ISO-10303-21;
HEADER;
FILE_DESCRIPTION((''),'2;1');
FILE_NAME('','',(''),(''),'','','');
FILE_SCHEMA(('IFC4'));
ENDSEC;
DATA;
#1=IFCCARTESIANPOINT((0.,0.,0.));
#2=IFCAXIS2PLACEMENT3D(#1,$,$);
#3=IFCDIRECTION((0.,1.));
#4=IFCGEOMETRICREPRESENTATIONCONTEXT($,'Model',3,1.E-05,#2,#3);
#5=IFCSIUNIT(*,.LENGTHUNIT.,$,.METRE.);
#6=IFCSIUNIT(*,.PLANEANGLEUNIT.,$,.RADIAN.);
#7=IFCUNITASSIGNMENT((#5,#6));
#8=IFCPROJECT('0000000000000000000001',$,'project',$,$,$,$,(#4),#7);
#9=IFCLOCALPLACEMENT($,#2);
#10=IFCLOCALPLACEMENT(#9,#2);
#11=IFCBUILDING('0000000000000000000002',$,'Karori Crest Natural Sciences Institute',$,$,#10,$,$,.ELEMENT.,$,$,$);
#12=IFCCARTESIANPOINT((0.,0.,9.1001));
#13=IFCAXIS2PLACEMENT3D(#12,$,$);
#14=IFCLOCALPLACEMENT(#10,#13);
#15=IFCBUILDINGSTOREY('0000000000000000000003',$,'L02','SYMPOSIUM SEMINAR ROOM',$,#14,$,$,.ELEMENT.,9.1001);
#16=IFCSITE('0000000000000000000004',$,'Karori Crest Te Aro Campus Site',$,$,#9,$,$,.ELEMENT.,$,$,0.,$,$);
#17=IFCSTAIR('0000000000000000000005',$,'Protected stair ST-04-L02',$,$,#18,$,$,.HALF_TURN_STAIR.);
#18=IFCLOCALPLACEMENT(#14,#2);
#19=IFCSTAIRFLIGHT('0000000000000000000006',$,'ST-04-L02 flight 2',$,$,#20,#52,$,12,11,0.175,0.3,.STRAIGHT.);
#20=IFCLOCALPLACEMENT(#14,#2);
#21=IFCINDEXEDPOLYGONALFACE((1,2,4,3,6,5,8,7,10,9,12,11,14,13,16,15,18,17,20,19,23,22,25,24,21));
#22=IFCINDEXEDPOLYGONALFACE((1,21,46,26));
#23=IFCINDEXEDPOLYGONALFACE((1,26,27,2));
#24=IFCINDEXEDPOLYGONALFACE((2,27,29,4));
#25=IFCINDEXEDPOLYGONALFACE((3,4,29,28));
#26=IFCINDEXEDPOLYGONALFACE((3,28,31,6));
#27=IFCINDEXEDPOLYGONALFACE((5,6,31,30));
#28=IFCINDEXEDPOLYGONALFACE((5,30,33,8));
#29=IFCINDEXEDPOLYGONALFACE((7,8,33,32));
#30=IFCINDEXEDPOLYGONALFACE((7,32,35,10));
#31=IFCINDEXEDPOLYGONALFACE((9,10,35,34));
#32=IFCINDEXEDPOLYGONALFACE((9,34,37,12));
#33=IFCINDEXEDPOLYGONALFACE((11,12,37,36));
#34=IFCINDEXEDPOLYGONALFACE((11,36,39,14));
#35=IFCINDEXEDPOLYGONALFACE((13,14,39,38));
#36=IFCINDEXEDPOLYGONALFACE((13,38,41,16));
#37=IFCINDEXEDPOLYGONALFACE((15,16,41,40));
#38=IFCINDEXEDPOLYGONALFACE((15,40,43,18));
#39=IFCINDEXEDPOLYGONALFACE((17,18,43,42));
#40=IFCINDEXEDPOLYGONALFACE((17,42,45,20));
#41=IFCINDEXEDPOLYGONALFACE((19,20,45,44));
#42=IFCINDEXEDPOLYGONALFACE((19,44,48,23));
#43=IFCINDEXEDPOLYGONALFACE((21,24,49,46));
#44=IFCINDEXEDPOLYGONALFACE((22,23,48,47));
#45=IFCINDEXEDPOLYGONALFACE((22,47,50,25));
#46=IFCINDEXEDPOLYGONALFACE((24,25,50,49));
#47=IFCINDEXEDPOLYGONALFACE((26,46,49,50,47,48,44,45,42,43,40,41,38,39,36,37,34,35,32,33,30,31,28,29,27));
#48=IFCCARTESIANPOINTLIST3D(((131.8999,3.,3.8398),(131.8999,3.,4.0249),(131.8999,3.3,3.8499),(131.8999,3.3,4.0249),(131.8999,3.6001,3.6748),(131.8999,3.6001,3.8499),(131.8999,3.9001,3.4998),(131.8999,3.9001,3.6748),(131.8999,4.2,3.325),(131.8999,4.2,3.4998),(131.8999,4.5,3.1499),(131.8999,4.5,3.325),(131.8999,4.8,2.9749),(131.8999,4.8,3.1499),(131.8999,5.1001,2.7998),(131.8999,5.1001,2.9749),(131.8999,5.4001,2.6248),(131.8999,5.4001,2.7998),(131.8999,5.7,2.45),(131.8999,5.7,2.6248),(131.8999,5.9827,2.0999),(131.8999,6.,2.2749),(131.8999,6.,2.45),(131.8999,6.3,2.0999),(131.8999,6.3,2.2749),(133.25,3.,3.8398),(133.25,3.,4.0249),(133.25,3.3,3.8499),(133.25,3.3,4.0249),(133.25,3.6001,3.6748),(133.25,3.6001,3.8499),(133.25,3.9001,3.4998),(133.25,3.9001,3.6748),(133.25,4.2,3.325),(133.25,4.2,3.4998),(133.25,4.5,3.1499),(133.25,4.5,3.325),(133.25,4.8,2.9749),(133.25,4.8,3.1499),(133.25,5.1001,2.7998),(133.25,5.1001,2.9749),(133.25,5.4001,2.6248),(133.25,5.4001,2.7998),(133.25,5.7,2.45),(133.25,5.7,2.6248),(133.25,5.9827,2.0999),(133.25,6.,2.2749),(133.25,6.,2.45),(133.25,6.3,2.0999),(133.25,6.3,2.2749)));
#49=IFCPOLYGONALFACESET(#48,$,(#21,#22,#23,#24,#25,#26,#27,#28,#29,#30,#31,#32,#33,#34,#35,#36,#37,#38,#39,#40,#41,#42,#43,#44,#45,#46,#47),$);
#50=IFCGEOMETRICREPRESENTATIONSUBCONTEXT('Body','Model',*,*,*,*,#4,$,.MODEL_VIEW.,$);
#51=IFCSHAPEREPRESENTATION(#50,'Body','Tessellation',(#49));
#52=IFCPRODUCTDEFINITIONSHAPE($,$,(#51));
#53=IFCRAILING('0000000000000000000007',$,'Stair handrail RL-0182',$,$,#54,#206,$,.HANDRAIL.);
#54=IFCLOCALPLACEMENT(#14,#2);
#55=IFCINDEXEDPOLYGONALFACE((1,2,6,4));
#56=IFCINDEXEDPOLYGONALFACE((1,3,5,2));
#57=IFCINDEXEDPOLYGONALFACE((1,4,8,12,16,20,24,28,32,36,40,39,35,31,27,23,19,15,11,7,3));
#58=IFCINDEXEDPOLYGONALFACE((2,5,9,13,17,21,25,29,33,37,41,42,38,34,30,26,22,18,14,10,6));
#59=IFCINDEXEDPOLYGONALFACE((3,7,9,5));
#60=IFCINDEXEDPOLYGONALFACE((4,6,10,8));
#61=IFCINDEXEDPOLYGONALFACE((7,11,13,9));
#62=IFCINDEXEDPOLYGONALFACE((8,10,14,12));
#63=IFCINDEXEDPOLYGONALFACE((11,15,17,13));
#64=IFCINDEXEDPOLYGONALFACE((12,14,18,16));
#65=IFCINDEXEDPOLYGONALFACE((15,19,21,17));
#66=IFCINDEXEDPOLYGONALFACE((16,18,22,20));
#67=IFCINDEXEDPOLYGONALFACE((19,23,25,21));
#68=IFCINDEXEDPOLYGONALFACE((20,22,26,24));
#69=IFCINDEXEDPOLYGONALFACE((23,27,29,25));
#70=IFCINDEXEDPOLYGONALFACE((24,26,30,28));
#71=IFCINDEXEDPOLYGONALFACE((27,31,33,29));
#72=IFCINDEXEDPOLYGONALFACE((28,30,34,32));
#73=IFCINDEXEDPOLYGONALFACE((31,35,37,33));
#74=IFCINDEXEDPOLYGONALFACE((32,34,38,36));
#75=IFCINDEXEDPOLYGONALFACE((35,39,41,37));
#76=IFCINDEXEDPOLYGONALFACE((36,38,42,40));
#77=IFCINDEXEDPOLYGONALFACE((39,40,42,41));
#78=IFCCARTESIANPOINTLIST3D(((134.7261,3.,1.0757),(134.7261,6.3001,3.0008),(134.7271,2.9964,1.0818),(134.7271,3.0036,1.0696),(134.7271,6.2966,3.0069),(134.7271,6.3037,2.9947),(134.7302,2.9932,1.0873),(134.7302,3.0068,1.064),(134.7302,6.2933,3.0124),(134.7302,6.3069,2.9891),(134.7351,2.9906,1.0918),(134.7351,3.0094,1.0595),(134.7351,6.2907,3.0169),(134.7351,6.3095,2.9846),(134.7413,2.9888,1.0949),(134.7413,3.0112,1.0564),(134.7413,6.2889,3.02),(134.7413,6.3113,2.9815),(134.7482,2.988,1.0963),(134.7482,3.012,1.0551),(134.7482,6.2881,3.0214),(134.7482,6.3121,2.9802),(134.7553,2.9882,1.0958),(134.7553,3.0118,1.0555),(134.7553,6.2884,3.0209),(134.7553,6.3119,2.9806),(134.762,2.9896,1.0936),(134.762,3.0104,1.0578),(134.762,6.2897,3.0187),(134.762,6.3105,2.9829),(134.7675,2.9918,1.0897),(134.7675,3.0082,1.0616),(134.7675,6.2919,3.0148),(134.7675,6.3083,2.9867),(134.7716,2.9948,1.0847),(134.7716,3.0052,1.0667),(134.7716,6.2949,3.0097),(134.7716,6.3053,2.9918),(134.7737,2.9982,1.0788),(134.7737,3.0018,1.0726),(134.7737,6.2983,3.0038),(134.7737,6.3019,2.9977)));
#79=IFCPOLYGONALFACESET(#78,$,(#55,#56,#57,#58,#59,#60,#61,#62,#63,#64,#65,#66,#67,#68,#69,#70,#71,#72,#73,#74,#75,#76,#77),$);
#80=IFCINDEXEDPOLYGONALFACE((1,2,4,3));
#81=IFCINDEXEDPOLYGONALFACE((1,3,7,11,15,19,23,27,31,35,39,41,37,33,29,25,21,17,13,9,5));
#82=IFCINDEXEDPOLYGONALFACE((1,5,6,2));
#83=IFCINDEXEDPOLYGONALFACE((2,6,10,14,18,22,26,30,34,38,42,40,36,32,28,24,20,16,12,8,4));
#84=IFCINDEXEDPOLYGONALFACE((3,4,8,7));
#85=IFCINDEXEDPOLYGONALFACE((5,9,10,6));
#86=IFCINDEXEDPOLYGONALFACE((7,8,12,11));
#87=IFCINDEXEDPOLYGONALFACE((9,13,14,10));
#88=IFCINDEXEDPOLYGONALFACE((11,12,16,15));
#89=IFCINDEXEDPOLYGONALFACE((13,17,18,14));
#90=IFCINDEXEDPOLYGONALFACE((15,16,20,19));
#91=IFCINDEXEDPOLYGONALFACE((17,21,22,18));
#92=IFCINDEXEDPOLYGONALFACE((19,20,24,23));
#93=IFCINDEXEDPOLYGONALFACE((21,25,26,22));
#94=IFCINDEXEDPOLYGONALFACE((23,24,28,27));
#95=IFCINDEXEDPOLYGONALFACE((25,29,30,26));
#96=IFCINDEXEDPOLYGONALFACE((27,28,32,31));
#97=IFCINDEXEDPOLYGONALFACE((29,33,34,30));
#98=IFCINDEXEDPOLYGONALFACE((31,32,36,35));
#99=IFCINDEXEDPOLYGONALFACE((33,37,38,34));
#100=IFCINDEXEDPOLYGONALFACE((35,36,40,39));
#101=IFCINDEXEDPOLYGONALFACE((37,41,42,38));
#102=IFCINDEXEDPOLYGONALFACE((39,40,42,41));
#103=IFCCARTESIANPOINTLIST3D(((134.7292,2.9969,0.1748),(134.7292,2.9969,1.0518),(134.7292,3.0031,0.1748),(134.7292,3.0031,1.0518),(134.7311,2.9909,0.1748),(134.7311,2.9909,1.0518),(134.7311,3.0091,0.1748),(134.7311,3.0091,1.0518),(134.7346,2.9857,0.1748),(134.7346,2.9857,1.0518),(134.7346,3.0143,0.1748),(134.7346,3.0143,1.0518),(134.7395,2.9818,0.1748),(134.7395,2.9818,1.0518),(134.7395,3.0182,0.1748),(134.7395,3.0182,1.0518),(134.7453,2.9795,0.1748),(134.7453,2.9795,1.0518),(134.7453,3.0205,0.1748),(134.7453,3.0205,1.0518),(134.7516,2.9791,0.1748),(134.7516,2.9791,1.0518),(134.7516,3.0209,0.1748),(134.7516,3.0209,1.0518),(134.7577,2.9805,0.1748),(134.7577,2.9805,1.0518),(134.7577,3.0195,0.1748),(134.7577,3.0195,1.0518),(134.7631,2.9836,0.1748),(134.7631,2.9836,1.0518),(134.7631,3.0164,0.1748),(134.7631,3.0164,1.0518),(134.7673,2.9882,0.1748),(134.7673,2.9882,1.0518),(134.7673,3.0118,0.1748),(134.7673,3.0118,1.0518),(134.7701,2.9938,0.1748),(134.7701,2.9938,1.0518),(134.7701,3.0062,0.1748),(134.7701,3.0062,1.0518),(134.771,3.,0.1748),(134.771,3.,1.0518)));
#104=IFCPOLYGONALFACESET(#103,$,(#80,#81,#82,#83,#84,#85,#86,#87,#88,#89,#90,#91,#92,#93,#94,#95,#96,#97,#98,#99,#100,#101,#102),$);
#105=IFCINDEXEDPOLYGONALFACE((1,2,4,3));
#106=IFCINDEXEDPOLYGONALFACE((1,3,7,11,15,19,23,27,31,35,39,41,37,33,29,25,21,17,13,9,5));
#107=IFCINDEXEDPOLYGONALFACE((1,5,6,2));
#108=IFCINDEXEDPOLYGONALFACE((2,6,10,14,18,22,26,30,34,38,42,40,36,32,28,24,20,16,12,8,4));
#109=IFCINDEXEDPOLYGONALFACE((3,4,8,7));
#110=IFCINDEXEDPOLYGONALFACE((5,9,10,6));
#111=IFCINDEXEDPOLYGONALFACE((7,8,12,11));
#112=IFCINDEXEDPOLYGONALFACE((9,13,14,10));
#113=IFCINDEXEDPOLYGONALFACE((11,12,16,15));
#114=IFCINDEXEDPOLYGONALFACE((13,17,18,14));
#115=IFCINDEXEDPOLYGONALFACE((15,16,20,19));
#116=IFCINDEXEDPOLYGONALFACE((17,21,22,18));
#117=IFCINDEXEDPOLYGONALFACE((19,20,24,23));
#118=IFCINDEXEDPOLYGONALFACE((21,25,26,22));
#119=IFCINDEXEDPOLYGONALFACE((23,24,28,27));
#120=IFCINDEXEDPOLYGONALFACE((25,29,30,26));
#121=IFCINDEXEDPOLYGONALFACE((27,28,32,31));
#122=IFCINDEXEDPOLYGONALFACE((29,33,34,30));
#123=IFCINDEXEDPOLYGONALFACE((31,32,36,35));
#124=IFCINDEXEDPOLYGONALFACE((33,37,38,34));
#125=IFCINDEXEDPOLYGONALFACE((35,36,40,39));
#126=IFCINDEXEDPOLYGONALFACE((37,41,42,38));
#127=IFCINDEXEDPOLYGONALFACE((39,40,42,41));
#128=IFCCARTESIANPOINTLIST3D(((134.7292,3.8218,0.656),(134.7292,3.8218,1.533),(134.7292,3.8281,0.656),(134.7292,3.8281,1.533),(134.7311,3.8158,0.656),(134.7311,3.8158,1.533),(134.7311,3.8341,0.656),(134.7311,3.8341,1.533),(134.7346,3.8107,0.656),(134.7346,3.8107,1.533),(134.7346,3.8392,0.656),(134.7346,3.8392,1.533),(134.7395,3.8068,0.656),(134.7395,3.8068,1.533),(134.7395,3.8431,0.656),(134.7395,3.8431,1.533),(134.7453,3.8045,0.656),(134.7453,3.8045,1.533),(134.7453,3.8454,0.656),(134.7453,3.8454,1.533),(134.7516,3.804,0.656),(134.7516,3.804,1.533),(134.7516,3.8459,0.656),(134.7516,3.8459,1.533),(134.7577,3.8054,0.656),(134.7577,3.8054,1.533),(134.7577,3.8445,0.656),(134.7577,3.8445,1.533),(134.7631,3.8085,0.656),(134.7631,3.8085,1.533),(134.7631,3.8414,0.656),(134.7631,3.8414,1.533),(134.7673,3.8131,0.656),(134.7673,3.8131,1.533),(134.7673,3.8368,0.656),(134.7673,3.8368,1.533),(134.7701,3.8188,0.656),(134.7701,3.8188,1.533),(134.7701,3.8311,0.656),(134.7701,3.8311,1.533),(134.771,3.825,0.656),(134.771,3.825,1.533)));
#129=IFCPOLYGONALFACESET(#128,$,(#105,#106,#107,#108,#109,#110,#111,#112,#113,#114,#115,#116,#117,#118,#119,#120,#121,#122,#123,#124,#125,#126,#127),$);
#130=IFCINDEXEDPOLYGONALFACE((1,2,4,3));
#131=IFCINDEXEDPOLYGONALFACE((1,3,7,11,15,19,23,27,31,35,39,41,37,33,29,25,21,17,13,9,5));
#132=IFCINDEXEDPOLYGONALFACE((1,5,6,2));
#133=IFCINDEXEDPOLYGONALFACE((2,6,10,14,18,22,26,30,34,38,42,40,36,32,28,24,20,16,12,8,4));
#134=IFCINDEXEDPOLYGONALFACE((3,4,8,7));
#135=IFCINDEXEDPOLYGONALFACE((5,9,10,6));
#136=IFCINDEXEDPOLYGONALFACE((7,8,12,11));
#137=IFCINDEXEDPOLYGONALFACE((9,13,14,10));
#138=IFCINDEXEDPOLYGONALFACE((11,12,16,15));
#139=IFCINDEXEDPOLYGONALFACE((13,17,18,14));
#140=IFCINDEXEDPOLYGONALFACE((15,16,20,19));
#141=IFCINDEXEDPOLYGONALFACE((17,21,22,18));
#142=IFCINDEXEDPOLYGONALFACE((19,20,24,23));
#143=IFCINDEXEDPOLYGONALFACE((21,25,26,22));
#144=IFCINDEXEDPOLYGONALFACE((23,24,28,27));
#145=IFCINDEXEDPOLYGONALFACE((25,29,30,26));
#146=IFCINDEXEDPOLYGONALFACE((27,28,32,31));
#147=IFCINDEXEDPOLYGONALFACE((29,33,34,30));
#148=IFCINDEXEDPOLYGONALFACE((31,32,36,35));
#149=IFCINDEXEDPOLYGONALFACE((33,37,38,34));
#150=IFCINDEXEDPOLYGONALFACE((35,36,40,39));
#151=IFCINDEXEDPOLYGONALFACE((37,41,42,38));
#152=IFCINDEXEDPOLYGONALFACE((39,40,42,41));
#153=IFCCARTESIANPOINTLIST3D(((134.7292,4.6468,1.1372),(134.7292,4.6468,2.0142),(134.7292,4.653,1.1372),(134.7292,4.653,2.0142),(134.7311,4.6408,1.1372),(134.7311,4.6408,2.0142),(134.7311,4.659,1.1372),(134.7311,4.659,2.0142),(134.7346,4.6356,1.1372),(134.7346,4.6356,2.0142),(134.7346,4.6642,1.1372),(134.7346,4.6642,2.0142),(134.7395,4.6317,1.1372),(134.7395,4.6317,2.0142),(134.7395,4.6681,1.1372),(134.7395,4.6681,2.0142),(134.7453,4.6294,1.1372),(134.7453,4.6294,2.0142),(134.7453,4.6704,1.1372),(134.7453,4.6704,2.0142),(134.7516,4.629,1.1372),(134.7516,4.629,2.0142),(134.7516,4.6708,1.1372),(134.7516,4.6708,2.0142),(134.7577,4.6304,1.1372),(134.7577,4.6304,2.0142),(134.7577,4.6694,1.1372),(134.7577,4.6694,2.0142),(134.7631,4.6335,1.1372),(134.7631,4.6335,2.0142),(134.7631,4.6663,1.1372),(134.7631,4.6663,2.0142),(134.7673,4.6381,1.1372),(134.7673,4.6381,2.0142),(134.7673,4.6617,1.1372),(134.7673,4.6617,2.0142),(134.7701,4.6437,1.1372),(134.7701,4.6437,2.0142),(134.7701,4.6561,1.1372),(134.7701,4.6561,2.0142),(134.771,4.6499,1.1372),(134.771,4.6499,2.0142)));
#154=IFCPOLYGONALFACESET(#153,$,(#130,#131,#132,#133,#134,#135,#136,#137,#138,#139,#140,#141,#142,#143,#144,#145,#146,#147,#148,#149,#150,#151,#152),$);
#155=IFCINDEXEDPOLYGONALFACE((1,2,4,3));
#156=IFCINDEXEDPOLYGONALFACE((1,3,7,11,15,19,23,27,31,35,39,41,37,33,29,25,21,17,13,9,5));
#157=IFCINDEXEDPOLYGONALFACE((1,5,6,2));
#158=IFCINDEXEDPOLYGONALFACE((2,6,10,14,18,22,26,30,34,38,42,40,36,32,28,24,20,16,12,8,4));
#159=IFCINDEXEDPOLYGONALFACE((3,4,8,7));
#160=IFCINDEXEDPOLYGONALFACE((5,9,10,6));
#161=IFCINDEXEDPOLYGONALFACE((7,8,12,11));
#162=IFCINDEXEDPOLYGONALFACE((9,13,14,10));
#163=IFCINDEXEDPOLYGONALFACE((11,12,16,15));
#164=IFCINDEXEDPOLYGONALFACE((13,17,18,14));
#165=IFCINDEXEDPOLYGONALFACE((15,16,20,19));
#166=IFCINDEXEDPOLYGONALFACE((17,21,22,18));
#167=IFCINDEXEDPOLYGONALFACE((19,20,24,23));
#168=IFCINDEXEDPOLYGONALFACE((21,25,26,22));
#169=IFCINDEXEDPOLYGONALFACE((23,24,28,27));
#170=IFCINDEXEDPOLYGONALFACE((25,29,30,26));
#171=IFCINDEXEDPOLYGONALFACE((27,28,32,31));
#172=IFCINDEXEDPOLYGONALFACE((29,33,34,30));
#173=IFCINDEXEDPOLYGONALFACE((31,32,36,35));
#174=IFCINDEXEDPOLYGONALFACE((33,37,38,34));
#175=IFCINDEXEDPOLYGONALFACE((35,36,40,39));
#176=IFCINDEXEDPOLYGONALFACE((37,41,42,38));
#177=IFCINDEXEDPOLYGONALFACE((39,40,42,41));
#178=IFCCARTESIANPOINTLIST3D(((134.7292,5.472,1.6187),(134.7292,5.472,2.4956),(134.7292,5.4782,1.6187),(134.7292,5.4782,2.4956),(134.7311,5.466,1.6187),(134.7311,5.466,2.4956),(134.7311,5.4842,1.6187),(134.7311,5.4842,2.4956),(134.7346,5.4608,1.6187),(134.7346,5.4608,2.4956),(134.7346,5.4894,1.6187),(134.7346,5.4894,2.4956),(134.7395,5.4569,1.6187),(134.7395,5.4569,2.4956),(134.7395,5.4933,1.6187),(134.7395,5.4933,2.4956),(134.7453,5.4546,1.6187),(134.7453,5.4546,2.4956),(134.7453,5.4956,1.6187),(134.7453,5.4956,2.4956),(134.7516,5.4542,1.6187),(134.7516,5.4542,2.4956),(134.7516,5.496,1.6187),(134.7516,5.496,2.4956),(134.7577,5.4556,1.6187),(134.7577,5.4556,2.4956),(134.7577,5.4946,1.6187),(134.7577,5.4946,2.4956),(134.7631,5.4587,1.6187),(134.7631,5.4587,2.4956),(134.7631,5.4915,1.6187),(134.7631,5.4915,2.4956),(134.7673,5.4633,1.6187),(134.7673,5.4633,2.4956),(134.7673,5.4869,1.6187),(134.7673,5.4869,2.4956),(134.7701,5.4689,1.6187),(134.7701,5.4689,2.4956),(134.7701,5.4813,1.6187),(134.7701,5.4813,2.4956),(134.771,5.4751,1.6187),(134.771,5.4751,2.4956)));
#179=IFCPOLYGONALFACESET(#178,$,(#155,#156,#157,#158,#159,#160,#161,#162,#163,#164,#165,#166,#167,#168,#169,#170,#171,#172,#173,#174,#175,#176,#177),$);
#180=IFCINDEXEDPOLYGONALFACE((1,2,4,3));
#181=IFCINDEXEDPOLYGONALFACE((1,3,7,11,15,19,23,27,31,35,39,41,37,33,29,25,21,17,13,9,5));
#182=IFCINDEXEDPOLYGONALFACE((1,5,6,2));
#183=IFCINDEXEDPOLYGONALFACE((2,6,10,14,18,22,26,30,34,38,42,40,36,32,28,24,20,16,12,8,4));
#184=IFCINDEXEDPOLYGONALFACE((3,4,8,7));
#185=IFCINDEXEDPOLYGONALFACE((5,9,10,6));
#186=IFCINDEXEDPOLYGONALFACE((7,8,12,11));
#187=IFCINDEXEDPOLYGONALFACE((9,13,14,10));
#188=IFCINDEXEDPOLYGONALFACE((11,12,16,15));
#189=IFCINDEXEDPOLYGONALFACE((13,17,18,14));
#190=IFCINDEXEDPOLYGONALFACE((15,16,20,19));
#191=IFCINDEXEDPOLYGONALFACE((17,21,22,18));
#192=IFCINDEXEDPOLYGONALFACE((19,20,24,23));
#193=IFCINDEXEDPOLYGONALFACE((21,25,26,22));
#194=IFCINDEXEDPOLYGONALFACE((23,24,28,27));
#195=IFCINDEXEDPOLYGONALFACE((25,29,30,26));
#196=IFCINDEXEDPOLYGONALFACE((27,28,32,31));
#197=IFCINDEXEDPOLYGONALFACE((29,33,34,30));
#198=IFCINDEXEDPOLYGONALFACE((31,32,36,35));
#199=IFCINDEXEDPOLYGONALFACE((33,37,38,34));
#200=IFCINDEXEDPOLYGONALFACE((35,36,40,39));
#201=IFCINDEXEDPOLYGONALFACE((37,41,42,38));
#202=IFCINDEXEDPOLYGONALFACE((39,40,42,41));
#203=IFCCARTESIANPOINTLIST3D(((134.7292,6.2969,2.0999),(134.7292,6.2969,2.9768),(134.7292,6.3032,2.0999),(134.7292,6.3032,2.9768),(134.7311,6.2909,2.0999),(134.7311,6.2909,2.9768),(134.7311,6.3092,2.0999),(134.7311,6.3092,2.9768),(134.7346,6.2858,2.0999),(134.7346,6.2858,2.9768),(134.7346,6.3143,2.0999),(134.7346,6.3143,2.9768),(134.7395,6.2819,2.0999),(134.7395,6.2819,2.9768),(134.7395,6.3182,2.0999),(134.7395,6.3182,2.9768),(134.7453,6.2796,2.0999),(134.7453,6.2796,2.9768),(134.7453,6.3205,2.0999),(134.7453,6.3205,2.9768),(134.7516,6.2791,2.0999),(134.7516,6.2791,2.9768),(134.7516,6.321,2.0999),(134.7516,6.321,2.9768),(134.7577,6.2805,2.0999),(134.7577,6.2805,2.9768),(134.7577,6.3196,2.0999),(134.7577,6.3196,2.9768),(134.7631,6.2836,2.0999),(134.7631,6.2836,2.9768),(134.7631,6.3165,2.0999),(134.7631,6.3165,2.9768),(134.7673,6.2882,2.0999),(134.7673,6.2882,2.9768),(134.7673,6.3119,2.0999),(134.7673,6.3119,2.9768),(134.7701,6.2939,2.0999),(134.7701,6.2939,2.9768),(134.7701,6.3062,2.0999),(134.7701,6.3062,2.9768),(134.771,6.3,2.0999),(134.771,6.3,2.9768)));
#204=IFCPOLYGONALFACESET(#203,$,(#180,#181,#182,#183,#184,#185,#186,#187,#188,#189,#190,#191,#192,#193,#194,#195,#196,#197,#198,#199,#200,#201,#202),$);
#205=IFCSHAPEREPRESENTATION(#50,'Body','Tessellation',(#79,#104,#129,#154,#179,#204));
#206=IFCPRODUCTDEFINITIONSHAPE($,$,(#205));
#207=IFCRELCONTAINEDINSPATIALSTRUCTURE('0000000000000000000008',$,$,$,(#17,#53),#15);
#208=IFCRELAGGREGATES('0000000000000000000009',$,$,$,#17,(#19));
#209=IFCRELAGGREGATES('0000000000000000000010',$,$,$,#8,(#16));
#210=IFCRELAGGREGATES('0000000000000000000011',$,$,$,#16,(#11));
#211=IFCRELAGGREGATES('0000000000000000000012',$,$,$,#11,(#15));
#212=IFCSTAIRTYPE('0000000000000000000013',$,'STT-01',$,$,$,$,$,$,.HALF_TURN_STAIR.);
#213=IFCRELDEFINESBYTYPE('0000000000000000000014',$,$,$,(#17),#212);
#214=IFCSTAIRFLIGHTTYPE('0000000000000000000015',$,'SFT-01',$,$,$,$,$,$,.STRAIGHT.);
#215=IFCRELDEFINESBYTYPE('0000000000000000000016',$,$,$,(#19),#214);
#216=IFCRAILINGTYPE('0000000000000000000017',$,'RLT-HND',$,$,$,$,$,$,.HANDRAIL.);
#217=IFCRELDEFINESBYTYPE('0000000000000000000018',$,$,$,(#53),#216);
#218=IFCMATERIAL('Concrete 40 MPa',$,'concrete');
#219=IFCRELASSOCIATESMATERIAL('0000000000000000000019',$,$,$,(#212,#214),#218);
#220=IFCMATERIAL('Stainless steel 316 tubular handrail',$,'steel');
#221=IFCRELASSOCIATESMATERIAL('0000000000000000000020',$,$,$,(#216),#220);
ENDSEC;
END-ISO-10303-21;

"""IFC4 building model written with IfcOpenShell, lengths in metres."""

from ifc_helpers import new_model, si_unit, direction, frame, origin, origin_2d, place, context, subcontext, project, spatial, polyline, circle, outline, extrude, material, type_object, element, aggregate, save


model = new_model("IFC4")

# Units and contexts
model_context = context("Model", 3, precision=1e-05, world=origin(), true_north=direction((0.0, 1.0)))
body_context = subcontext(model_context, "Body", "Model", "MODEL_VIEW")
ifc_project = project(units=[si_unit("LENGTHUNIT", "METRE"), si_unit("PLANEANGLEUNIT", "RADIAN")], contexts=[model_context])

# Site, building, storey
site_placement = place(None, origin())
site = spatial("IfcSite", under=ifc_project, at=site_placement, Name="Karori Crest Te Aro Campus Site", CompositionType="ELEMENT", RefElevation=0.0)
building_placement = place(site_placement, origin())
building = spatial("IfcBuilding", under=site, at=building_placement, Name="Karori Crest Natural Sciences Institute", CompositionType="ELEMENT")
storey_placement = place(building_placement, frame((0.0, 0.0, 9.1001)))
storey = spatial("IfcBuildingStorey", under=building, at=storey_placement, Name="L02", Description="SYMPOSIUM SEMINAR ROOM", CompositionType="ELEMENT", Elevation=9.1001)

# Stair, stair flight
ifc_material_1 = material(Name="Concrete 40 MPa", Category="concrete")
stair_type = type_object("IfcStairType", Name="STT-01", PredefinedType="HALF_TURN_STAIR", material=ifc_material_1)
stair_placement = place(storey_placement, origin())
stair = element("IfcStair", 1, at=stair_placement, inside=storey, type_object=stair_type, Name="Protected stair ST-04-L02", PredefinedType="HALF_TURN_STAIR")
stair_flight_type = type_object("IfcStairFlightType", Name="SFT-01", PredefinedType="STRAIGHT", material=ifc_material_1)
stair_flight_1_placement = place(storey_placement, frame((132.575, 6.3, 2.0999), z_axis=(0.0, 0.0, 1.0), x_axis=(0.0, -1.0, 0.0)))
stair_flight_1 = element("IfcStairFlight", 2, at=stair_flight_1_placement, type_object=stair_flight_type, Name="ST-04-L02 flight 2", NumberOfRisers=12, NumberOfTreads=11, PredefinedType="STRAIGHT", RiserHeight=0.175, TreadLength=0.3, context=body_context, shape_type="SweptSolid", body=[
    extrude(outline(polyline([(0.0, 0.0), (0.0, 0.175), (0.3, 0.175), (0.3, 0.3501), (0.6001, 0.3501), (0.6001, 0.5249), (0.8999, 0.5249), (0.8999, 0.7), (1.2, 0.7), (1.2, 0.875), (1.5, 0.875), (1.5, 1.05), (1.8, 1.05), (1.8, 1.2251), (2.1001, 1.2251), (2.1001, 1.3999), (2.3999, 1.3999), (2.3999, 1.575), (2.7, 1.575), (2.7, 1.75), (3.0, 1.75), (3.0, 1.925), (3.3, 1.925), (3.3, 2.1001), (3.3, 1.74), (0.3174, 0.0), (0.0, 0.0)])), frame((0.0, 0.675, 0.0), z_axis=(0.0, -1.0, 0.0), x_axis=(1.0, 0.0, 0.0)), (0.0, 0.0, 1.0), 1.3501),
])
aggregate(stair, [stair_flight_1])

# Railing
ifc_material_2 = material(Name="Stainless steel 316 tubular handrail", Category="steel")
railing_type_1 = type_object("IfcRailingType", Name="RLT-HND", PredefinedType="HANDRAIL", material=ifc_material_2)
railing_1_placement = place(storey_placement, frame((134.75, 3.0, 0.1748)))
element("IfcRailing", 3, at=railing_1_placement, inside=storey, type_object=railing_type_1, Name="Stair handrail RL-0182", PredefinedType="HANDRAIL", context=body_context, shape_type="SweptSolid", body=[
    extrude(circle(Radius=0.0239, at=origin_2d()), frame((0.0, 0.0, 0.9009), z_axis=(0.0, 0.863777, 0.503875), x_axis=(-1.0, 0.0, 0.0)), (0.0, 0.0, 1.0), 3.8206),
    extrude(circle(Radius=0.021, at=origin_2d()), origin(), (0.0, 0.0, 1.0), 0.877),
    extrude(circle(Radius=0.021, at=origin_2d()), frame((0.0, 0.825, 0.4812)), (0.0, 0.0, 1.0), 0.877),
    extrude(circle(Radius=0.021, at=origin_2d()), frame((0.0, 1.6499, 0.9624)), (0.0, 0.0, 1.0), 0.877),
    extrude(circle(Radius=0.021, at=origin_2d()), frame((0.0, 2.4751, 1.4438)), (0.0, 0.0, 1.0), 0.877),
    extrude(circle(Radius=0.021, at=origin_2d()), frame((0.0, 3.3, 1.925)), (0.0, 0.0, 1.0), 0.877),
])

save(model, "model.ifc")
